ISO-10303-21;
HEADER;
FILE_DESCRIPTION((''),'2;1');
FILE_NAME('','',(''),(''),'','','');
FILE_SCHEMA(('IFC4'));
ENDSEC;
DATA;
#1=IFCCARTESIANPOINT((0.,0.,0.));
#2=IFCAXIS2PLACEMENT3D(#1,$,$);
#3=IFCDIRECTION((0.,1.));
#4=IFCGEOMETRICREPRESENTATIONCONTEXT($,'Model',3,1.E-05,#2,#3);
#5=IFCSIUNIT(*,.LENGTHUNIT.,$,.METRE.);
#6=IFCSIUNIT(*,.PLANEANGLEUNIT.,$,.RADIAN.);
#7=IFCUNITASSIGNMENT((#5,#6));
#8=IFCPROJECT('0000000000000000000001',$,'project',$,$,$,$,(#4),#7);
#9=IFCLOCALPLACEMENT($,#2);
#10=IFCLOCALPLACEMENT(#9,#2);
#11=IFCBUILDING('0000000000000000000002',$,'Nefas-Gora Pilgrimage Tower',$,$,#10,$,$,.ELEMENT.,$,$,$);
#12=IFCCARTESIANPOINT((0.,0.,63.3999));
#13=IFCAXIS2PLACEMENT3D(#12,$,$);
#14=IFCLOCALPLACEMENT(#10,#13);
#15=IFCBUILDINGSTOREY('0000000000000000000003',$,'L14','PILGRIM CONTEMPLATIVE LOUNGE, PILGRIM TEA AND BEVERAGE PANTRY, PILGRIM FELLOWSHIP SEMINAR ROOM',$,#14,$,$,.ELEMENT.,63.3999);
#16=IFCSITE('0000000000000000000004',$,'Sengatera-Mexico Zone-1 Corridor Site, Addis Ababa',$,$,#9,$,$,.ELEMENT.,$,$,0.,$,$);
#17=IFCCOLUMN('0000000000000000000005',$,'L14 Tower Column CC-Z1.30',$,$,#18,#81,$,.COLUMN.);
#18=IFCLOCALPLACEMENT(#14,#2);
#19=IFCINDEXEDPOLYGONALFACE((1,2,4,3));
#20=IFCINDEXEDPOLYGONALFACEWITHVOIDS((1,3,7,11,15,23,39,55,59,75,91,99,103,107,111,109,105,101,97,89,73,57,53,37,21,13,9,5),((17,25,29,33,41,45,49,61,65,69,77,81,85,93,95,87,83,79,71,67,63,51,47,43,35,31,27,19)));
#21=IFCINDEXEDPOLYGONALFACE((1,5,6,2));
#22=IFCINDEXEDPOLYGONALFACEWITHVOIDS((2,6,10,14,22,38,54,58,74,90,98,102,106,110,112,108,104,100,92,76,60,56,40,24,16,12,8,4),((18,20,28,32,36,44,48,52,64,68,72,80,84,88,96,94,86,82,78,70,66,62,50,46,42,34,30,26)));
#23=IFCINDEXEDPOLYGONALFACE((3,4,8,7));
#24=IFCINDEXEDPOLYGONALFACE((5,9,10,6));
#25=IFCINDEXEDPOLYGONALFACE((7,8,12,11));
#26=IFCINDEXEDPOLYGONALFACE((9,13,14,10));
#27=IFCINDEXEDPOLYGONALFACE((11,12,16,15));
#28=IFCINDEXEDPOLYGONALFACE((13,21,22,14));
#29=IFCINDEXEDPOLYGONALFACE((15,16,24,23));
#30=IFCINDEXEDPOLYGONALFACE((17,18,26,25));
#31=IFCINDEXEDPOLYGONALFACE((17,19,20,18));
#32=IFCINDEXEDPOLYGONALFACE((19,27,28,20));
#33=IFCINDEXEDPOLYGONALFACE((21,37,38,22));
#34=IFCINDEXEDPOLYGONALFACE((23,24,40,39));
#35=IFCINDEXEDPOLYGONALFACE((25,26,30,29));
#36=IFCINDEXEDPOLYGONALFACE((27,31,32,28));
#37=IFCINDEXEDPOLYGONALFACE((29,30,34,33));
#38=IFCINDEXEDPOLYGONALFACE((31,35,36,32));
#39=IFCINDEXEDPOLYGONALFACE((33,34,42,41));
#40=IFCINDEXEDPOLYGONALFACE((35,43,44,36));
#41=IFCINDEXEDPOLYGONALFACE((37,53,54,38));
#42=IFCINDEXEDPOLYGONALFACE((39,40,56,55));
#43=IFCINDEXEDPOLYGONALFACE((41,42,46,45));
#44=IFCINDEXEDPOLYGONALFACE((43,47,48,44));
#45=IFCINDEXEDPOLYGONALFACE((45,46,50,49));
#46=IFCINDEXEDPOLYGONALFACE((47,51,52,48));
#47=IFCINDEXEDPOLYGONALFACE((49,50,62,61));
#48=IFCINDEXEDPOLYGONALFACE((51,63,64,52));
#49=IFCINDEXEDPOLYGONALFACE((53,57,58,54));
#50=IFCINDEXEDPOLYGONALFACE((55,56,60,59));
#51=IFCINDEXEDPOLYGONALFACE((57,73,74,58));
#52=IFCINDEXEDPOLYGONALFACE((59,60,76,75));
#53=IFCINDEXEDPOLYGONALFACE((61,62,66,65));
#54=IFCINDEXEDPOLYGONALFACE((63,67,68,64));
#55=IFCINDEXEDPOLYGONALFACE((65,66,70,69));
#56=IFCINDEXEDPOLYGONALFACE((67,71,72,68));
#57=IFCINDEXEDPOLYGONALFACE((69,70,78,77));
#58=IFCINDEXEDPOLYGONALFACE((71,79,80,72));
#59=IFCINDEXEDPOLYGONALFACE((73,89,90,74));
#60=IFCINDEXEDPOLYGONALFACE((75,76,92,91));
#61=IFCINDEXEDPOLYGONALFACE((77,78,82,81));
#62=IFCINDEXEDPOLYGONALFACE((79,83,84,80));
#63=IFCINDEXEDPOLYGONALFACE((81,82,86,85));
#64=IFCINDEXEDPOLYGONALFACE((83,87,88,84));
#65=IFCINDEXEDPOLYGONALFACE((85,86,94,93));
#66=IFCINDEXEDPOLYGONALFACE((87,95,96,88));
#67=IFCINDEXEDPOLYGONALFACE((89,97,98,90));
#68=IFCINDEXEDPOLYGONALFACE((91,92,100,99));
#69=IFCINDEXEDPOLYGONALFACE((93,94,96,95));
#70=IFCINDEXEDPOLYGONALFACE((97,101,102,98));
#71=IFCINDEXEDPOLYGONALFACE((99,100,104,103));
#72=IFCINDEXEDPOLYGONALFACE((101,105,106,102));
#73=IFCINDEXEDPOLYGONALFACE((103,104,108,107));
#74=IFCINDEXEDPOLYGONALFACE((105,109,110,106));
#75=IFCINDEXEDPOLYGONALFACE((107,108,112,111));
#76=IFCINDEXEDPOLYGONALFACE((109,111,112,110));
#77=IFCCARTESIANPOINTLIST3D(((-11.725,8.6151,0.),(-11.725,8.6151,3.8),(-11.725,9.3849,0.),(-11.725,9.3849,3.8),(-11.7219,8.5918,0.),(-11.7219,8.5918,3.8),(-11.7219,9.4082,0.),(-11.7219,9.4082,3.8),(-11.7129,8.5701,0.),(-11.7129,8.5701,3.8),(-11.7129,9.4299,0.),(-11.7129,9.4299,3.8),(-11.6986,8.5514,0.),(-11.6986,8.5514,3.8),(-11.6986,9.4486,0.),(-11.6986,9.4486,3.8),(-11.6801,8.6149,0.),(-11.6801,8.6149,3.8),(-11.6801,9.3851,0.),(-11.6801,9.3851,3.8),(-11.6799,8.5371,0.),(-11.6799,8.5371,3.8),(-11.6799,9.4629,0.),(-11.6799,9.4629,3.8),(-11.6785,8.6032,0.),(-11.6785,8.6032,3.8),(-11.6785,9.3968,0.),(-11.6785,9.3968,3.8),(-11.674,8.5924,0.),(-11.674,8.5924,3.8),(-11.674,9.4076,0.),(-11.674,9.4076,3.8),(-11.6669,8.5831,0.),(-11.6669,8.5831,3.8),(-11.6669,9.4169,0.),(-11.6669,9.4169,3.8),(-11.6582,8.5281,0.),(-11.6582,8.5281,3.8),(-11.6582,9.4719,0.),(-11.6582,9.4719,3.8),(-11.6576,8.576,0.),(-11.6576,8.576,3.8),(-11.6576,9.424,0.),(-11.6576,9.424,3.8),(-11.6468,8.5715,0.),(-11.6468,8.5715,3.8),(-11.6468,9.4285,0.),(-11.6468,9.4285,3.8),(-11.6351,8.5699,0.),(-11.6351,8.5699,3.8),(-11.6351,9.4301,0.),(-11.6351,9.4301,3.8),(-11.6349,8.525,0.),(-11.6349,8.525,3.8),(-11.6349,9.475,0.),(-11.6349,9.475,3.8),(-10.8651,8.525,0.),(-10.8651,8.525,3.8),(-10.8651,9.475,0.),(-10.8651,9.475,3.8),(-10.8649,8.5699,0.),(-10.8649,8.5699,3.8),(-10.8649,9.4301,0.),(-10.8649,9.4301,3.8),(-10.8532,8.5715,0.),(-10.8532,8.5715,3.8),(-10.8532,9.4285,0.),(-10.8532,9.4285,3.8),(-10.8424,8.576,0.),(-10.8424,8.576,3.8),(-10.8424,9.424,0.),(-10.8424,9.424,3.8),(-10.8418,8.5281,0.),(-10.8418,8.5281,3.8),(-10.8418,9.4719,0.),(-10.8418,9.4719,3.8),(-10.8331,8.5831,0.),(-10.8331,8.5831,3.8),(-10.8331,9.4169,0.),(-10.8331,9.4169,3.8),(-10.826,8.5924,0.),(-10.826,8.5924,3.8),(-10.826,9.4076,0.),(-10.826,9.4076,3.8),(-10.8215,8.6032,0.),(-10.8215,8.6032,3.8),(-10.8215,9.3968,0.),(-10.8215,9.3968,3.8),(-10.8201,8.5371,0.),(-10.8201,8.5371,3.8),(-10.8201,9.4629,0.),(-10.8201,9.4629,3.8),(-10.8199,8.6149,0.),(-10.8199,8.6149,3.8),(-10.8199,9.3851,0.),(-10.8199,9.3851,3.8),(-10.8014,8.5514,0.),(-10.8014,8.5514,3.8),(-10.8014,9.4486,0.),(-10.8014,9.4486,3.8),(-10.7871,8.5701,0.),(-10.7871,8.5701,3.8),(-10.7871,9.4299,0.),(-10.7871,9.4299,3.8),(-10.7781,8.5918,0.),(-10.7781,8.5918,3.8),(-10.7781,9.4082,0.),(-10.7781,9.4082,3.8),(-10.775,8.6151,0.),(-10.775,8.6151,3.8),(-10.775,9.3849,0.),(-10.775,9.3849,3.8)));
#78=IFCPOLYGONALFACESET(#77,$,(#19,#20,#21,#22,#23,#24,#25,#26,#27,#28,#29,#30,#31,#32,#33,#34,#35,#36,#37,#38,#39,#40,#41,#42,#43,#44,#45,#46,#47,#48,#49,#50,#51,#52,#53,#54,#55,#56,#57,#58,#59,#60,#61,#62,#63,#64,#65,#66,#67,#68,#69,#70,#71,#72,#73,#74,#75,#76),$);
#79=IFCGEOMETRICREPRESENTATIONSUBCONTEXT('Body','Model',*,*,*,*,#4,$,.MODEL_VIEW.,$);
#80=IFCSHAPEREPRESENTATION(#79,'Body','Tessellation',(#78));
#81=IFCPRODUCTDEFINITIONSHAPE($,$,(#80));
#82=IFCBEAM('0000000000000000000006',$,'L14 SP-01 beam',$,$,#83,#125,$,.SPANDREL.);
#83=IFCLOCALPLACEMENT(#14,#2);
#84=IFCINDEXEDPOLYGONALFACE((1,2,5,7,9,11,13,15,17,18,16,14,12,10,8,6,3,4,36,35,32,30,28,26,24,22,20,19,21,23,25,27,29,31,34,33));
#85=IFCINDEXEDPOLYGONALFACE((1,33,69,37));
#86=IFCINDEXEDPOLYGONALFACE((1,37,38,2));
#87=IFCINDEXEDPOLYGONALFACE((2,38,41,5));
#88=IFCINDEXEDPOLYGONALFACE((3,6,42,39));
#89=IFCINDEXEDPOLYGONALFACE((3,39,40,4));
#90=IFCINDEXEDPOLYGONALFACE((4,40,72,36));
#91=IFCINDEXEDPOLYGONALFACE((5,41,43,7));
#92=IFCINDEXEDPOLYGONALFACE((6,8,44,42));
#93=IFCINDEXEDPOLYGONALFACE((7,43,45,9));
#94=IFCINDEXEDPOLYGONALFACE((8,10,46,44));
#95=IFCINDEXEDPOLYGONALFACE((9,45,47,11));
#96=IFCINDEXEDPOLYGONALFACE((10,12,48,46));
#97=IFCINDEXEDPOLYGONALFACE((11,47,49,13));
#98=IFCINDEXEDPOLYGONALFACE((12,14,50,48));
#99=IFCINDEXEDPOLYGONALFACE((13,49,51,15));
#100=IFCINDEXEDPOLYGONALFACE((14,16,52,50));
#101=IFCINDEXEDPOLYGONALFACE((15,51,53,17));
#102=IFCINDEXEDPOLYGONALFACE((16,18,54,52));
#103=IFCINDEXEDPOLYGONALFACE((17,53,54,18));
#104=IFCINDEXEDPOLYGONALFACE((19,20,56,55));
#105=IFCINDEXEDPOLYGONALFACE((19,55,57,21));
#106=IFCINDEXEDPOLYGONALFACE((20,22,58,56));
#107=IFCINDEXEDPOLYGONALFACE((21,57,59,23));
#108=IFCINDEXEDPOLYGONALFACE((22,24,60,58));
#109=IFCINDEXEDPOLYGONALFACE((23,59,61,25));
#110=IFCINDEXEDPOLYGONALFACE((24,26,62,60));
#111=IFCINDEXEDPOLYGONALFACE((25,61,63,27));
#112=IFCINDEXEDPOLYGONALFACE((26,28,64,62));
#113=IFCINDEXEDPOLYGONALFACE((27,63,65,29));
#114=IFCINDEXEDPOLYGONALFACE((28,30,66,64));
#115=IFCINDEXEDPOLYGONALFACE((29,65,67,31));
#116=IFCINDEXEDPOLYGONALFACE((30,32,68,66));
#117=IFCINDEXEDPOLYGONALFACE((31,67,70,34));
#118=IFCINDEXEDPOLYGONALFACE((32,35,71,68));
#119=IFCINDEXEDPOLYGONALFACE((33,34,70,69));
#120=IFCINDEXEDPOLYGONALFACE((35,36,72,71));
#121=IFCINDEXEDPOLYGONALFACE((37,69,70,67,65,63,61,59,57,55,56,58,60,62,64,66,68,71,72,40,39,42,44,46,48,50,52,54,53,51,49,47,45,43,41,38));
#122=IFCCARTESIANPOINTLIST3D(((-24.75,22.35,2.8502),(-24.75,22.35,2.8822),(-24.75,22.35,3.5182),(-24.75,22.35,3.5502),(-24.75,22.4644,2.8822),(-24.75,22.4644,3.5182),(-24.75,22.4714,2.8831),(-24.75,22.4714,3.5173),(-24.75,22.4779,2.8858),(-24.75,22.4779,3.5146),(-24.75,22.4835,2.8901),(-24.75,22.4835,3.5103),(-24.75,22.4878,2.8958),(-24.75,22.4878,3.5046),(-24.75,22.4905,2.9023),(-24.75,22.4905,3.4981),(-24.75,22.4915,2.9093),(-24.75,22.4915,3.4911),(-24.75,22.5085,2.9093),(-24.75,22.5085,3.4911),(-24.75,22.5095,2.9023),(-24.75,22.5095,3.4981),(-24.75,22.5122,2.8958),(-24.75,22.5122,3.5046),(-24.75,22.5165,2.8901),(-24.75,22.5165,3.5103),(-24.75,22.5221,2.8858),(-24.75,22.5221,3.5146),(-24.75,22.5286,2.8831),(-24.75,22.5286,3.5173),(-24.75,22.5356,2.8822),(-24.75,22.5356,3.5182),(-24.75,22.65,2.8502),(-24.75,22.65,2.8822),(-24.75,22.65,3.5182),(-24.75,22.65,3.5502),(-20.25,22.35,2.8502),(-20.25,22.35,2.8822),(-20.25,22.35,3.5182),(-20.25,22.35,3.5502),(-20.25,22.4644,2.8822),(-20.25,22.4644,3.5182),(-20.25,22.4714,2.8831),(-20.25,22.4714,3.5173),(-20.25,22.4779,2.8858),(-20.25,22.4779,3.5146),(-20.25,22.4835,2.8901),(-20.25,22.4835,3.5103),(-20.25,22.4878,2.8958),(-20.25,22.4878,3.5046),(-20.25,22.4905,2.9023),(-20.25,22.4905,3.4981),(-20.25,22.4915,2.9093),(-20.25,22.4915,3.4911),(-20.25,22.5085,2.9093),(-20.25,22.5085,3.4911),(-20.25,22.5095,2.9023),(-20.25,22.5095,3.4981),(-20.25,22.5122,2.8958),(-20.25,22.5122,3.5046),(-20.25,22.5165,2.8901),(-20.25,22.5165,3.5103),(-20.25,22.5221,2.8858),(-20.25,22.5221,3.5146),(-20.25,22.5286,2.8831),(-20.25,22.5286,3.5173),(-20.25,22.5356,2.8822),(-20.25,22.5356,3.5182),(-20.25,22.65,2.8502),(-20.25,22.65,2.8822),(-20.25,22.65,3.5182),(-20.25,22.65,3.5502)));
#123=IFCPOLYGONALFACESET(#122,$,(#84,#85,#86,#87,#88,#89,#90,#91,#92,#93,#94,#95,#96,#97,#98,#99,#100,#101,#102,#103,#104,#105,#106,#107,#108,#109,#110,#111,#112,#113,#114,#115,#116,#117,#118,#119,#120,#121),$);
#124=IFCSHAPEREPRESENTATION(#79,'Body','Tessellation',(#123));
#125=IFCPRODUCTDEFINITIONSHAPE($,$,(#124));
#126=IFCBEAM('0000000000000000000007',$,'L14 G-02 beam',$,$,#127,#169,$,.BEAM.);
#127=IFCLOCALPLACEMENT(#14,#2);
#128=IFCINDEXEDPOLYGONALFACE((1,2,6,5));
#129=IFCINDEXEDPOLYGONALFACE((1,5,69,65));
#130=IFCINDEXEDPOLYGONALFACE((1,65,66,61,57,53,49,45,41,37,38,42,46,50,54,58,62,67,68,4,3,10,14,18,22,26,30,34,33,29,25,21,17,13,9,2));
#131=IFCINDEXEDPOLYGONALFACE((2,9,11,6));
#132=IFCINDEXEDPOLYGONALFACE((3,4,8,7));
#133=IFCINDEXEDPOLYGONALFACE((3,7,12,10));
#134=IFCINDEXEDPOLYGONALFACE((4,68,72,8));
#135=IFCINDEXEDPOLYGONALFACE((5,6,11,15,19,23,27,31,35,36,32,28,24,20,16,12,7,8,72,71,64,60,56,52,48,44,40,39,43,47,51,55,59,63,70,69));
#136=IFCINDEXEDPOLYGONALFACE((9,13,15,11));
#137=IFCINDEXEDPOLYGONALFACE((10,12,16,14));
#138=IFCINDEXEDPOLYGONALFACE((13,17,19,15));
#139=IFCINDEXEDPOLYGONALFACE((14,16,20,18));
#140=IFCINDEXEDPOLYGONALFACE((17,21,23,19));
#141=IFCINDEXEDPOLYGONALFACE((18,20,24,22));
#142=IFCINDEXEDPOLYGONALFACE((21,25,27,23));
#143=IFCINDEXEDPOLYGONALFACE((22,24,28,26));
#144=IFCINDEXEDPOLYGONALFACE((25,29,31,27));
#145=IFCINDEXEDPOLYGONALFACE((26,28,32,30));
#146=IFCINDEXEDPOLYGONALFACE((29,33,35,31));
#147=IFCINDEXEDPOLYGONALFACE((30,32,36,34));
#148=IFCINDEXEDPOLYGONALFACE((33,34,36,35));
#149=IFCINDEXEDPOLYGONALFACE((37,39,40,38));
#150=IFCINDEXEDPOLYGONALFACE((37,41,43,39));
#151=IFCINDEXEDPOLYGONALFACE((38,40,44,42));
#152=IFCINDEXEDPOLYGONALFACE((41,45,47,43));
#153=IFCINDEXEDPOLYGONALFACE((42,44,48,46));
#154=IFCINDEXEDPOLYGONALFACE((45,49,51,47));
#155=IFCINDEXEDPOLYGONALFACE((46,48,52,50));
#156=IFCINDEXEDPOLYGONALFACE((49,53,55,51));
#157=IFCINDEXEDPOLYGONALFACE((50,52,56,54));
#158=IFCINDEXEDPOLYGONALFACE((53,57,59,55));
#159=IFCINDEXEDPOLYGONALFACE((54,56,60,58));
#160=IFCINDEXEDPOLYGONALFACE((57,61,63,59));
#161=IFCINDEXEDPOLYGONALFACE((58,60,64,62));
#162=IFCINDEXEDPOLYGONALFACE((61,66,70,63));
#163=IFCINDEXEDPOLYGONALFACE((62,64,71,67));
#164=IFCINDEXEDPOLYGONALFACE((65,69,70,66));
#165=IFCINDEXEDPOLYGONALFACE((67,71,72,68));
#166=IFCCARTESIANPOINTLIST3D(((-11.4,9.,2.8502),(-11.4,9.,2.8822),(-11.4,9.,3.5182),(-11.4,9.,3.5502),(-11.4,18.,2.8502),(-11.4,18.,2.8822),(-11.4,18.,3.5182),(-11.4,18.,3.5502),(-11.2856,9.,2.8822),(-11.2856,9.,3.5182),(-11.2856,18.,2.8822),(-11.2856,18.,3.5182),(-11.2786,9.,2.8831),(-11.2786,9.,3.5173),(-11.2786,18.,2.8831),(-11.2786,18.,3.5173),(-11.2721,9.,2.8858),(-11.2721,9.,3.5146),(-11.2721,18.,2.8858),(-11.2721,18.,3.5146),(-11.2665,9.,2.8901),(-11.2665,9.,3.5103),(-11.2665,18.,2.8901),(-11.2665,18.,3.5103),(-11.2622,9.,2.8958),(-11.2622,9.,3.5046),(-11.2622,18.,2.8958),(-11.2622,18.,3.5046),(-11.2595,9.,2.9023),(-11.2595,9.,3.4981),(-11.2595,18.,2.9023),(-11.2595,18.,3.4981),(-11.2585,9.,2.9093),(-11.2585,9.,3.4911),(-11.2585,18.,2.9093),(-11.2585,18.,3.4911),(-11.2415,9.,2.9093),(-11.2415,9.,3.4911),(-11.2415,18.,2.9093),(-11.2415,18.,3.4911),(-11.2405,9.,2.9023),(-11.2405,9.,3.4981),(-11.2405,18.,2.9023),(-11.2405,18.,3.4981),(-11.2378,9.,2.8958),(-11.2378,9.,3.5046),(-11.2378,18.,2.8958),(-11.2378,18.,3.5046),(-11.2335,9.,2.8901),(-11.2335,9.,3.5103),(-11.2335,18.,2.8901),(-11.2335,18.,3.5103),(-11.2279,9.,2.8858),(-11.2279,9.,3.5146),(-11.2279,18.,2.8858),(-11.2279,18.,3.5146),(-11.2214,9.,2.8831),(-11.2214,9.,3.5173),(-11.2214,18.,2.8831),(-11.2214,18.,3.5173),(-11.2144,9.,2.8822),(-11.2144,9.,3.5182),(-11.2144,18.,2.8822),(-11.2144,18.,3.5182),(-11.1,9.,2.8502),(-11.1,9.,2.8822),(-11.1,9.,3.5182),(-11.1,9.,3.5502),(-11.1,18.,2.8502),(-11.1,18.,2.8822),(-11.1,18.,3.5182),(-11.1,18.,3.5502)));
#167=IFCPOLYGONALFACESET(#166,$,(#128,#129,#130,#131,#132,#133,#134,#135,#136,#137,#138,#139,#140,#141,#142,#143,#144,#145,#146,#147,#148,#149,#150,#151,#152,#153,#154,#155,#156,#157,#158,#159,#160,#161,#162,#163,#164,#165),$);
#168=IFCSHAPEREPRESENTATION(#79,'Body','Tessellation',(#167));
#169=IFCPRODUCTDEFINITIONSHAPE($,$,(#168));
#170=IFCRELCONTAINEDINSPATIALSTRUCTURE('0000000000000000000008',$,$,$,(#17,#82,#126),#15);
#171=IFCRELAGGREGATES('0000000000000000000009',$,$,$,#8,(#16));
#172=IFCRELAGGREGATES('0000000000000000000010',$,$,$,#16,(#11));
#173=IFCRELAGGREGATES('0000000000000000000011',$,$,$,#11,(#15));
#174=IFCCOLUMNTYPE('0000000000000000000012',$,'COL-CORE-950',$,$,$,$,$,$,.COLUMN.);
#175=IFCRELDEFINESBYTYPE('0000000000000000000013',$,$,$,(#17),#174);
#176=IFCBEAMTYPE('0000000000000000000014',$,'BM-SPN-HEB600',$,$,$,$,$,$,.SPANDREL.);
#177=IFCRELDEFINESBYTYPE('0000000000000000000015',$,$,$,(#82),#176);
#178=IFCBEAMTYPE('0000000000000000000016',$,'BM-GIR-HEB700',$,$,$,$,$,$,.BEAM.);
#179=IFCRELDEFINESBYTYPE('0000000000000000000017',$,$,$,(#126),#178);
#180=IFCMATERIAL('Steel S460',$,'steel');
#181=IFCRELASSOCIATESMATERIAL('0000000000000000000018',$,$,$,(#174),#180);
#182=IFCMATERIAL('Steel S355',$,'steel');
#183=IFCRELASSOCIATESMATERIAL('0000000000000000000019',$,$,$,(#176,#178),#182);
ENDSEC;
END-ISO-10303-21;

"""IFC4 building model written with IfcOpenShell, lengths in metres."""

from ifc_helpers import new_model, si_unit, direction, frame, origin, origin_2d, place, context, subcontext, project, spatial, hollow_rectangle, i_section, extrude, source, transform, mapped, material, material_profile, profile_set, type_object, element, save


model = new_model("IFC4")

# Units and contexts
model_context = context("Model", 3, precision=1e-05, world=origin(), true_north=direction((0.0, 1.0)))
body_context = subcontext(model_context, "Body", "Model", "MODEL_VIEW")
ifc_project = project(units=[si_unit("LENGTHUNIT", "METRE"), si_unit("PLANEANGLEUNIT", "RADIAN")], contexts=[model_context])

# Site, building, storey
site_placement = place(None, origin())
site = spatial("IfcSite", under=ifc_project, at=site_placement, Name="Sengatera-Mexico Zone-1 Corridor Site, Addis Ababa", CompositionType="ELEMENT", RefElevation=0.0)
building_placement = place(site_placement, origin())
building = spatial("IfcBuilding", under=site, at=building_placement, Name="Nefas-Gora Pilgrimage Tower", CompositionType="ELEMENT")
storey_placement = place(building_placement, frame((0.0, 0.0, 63.3999)))
storey = spatial("IfcBuildingStorey", under=building, at=storey_placement, Name="L14", Description="PILGRIM CONTEMPLATIVE LOUNGE, PILGRIM TEA AND BEVERAGE PANTRY, PILGRIM FELLOWSHIP SEMINAR ROOM", CompositionType="ELEMENT", Elevation=63.3999)

# Column
ifc_material_1 = material(Name="Steel S460", Category="steel")
ifc_material_profile_1 = material_profile(ifc_material_1, hollow_rectangle(XDim=0.95, YDim=0.95, WallThickness=0.0449, InnerFilletRadius=0.0449, OuterFilletRadius=0.0901, at=origin_2d()), Name="BOX 950x950x45")
ifc_profile_set_1 = profile_set([ifc_material_profile_1], Name="Steel S460")
column_type_1 = type_object("IfcColumnType", Name="COL-CORE-950", PredefinedType="COLUMN", material=ifc_profile_set_1)
shared_shape_1 = source(origin(), body_context, "Body", "SweptSolid", [
    extrude(hollow_rectangle(XDim=0.95, YDim=0.95, WallThickness=0.0449, InnerFilletRadius=0.0449, OuterFilletRadius=0.0901, at=origin_2d()), origin(), (0.0, 0.0, 1.0), 3.8),
])
column_placement = place(storey_placement, frame((-11.25, 9.0, 0.0), z_axis=(0.0, 0.0, 1.0), x_axis=(1.0, 0.0, 0.0)))
element("IfcColumn", 1, at=column_placement, inside=storey, type_object=column_type_1, Name="L14 Tower Column CC-Z1.30", PredefinedType="COLUMN", context=body_context, shape_type="MappedRepresentation", body=[
    mapped(shared_shape_1, transform((0.0, 0.0, 0.0), x_axis=(1.0, 0.0, 0.0), y_axis=(0.0, 1.0, 0.0), z_axis=(0.0, 0.0, 1.0), scale=1.0)),
])

# Beams
ifc_material_2 = material(Name="Steel S355", Category="steel")
ifc_material_profile_2 = material_profile(ifc_material_2, i_section(OverallWidth=0.3, OverallDepth=0.7, WebThickness=0.0171, FlangeThickness=0.032, FilletRadius=0.0271, at=origin_2d()), Name="HEB 700")
ifc_profile_set_2 = profile_set([ifc_material_profile_2], Name="Steel S355")
beam_type_1 = type_object("IfcBeamType", Name="BM-SPN-HEB600", PredefinedType="SPANDREL", material=ifc_profile_set_2)
shared_shape_2 = source(origin(), body_context, "Body", "SweptSolid", [
    extrude(i_section(OverallWidth=0.3, OverallDepth=0.7, WebThickness=0.0171, FlangeThickness=0.032, FilletRadius=0.0271, at=origin_2d()), origin(), (0.0, 0.0, 1.0), 4.5),
])
beam_1_placement = place(storey_placement, frame((-24.75, 22.5, 3.2002), z_axis=(1.0, 0.0, 0.0), x_axis=(0.0, 1.0, 0.0)))
element("IfcBeam", 2, at=beam_1_placement, inside=storey, type_object=beam_type_1, Name="L14 SP-01 beam", PredefinedType="SPANDREL", context=body_context, shape_type="MappedRepresentation", body=[
    mapped(shared_shape_2, transform((0.0, 0.0, 0.0), x_axis=(1.0, 0.0, 0.0), y_axis=(0.0, 1.0, 0.0), z_axis=(0.0, 0.0, 1.0), scale=1.0)),
])
ifc_material_profile_3 = material_profile(ifc_material_2, i_section(OverallWidth=0.3, OverallDepth=0.7, WebThickness=0.0171, FlangeThickness=0.032, FilletRadius=0.0271, at=origin_2d()), Name="HEB 700")
ifc_profile_set_3 = profile_set([ifc_material_profile_3], Name="Steel S355")
beam_type_2 = type_object("IfcBeamType", Name="BM-GIR-HEB700", PredefinedType="BEAM", material=ifc_profile_set_3)
shared_shape_3 = source(origin(), body_context, "Body", "SweptSolid", [
    extrude(i_section(OverallWidth=0.3, OverallDepth=0.7, WebThickness=0.0171, FlangeThickness=0.032, FilletRadius=0.0271, at=origin_2d()), origin(), (0.0, 0.0, 1.0), 9.0),
])
beam_2_placement = place(storey_placement, frame((-11.25, 9.0, 3.2002), z_axis=(0.0, 1.0, 0.0), x_axis=(-1.0, 0.0, 0.0)))
element("IfcBeam", 3, at=beam_2_placement, inside=storey, type_object=beam_type_2, Name="L14 G-02 beam", PredefinedType="BEAM", context=body_context, shape_type="MappedRepresentation", body=[
    mapped(shared_shape_3, transform((0.0, 0.0, 0.0), x_axis=(1.0, 0.0, 0.0), y_axis=(0.0, 1.0, 0.0), z_axis=(0.0, 0.0, 1.0), scale=1.0)),
])

save(model, "model.ifc")
